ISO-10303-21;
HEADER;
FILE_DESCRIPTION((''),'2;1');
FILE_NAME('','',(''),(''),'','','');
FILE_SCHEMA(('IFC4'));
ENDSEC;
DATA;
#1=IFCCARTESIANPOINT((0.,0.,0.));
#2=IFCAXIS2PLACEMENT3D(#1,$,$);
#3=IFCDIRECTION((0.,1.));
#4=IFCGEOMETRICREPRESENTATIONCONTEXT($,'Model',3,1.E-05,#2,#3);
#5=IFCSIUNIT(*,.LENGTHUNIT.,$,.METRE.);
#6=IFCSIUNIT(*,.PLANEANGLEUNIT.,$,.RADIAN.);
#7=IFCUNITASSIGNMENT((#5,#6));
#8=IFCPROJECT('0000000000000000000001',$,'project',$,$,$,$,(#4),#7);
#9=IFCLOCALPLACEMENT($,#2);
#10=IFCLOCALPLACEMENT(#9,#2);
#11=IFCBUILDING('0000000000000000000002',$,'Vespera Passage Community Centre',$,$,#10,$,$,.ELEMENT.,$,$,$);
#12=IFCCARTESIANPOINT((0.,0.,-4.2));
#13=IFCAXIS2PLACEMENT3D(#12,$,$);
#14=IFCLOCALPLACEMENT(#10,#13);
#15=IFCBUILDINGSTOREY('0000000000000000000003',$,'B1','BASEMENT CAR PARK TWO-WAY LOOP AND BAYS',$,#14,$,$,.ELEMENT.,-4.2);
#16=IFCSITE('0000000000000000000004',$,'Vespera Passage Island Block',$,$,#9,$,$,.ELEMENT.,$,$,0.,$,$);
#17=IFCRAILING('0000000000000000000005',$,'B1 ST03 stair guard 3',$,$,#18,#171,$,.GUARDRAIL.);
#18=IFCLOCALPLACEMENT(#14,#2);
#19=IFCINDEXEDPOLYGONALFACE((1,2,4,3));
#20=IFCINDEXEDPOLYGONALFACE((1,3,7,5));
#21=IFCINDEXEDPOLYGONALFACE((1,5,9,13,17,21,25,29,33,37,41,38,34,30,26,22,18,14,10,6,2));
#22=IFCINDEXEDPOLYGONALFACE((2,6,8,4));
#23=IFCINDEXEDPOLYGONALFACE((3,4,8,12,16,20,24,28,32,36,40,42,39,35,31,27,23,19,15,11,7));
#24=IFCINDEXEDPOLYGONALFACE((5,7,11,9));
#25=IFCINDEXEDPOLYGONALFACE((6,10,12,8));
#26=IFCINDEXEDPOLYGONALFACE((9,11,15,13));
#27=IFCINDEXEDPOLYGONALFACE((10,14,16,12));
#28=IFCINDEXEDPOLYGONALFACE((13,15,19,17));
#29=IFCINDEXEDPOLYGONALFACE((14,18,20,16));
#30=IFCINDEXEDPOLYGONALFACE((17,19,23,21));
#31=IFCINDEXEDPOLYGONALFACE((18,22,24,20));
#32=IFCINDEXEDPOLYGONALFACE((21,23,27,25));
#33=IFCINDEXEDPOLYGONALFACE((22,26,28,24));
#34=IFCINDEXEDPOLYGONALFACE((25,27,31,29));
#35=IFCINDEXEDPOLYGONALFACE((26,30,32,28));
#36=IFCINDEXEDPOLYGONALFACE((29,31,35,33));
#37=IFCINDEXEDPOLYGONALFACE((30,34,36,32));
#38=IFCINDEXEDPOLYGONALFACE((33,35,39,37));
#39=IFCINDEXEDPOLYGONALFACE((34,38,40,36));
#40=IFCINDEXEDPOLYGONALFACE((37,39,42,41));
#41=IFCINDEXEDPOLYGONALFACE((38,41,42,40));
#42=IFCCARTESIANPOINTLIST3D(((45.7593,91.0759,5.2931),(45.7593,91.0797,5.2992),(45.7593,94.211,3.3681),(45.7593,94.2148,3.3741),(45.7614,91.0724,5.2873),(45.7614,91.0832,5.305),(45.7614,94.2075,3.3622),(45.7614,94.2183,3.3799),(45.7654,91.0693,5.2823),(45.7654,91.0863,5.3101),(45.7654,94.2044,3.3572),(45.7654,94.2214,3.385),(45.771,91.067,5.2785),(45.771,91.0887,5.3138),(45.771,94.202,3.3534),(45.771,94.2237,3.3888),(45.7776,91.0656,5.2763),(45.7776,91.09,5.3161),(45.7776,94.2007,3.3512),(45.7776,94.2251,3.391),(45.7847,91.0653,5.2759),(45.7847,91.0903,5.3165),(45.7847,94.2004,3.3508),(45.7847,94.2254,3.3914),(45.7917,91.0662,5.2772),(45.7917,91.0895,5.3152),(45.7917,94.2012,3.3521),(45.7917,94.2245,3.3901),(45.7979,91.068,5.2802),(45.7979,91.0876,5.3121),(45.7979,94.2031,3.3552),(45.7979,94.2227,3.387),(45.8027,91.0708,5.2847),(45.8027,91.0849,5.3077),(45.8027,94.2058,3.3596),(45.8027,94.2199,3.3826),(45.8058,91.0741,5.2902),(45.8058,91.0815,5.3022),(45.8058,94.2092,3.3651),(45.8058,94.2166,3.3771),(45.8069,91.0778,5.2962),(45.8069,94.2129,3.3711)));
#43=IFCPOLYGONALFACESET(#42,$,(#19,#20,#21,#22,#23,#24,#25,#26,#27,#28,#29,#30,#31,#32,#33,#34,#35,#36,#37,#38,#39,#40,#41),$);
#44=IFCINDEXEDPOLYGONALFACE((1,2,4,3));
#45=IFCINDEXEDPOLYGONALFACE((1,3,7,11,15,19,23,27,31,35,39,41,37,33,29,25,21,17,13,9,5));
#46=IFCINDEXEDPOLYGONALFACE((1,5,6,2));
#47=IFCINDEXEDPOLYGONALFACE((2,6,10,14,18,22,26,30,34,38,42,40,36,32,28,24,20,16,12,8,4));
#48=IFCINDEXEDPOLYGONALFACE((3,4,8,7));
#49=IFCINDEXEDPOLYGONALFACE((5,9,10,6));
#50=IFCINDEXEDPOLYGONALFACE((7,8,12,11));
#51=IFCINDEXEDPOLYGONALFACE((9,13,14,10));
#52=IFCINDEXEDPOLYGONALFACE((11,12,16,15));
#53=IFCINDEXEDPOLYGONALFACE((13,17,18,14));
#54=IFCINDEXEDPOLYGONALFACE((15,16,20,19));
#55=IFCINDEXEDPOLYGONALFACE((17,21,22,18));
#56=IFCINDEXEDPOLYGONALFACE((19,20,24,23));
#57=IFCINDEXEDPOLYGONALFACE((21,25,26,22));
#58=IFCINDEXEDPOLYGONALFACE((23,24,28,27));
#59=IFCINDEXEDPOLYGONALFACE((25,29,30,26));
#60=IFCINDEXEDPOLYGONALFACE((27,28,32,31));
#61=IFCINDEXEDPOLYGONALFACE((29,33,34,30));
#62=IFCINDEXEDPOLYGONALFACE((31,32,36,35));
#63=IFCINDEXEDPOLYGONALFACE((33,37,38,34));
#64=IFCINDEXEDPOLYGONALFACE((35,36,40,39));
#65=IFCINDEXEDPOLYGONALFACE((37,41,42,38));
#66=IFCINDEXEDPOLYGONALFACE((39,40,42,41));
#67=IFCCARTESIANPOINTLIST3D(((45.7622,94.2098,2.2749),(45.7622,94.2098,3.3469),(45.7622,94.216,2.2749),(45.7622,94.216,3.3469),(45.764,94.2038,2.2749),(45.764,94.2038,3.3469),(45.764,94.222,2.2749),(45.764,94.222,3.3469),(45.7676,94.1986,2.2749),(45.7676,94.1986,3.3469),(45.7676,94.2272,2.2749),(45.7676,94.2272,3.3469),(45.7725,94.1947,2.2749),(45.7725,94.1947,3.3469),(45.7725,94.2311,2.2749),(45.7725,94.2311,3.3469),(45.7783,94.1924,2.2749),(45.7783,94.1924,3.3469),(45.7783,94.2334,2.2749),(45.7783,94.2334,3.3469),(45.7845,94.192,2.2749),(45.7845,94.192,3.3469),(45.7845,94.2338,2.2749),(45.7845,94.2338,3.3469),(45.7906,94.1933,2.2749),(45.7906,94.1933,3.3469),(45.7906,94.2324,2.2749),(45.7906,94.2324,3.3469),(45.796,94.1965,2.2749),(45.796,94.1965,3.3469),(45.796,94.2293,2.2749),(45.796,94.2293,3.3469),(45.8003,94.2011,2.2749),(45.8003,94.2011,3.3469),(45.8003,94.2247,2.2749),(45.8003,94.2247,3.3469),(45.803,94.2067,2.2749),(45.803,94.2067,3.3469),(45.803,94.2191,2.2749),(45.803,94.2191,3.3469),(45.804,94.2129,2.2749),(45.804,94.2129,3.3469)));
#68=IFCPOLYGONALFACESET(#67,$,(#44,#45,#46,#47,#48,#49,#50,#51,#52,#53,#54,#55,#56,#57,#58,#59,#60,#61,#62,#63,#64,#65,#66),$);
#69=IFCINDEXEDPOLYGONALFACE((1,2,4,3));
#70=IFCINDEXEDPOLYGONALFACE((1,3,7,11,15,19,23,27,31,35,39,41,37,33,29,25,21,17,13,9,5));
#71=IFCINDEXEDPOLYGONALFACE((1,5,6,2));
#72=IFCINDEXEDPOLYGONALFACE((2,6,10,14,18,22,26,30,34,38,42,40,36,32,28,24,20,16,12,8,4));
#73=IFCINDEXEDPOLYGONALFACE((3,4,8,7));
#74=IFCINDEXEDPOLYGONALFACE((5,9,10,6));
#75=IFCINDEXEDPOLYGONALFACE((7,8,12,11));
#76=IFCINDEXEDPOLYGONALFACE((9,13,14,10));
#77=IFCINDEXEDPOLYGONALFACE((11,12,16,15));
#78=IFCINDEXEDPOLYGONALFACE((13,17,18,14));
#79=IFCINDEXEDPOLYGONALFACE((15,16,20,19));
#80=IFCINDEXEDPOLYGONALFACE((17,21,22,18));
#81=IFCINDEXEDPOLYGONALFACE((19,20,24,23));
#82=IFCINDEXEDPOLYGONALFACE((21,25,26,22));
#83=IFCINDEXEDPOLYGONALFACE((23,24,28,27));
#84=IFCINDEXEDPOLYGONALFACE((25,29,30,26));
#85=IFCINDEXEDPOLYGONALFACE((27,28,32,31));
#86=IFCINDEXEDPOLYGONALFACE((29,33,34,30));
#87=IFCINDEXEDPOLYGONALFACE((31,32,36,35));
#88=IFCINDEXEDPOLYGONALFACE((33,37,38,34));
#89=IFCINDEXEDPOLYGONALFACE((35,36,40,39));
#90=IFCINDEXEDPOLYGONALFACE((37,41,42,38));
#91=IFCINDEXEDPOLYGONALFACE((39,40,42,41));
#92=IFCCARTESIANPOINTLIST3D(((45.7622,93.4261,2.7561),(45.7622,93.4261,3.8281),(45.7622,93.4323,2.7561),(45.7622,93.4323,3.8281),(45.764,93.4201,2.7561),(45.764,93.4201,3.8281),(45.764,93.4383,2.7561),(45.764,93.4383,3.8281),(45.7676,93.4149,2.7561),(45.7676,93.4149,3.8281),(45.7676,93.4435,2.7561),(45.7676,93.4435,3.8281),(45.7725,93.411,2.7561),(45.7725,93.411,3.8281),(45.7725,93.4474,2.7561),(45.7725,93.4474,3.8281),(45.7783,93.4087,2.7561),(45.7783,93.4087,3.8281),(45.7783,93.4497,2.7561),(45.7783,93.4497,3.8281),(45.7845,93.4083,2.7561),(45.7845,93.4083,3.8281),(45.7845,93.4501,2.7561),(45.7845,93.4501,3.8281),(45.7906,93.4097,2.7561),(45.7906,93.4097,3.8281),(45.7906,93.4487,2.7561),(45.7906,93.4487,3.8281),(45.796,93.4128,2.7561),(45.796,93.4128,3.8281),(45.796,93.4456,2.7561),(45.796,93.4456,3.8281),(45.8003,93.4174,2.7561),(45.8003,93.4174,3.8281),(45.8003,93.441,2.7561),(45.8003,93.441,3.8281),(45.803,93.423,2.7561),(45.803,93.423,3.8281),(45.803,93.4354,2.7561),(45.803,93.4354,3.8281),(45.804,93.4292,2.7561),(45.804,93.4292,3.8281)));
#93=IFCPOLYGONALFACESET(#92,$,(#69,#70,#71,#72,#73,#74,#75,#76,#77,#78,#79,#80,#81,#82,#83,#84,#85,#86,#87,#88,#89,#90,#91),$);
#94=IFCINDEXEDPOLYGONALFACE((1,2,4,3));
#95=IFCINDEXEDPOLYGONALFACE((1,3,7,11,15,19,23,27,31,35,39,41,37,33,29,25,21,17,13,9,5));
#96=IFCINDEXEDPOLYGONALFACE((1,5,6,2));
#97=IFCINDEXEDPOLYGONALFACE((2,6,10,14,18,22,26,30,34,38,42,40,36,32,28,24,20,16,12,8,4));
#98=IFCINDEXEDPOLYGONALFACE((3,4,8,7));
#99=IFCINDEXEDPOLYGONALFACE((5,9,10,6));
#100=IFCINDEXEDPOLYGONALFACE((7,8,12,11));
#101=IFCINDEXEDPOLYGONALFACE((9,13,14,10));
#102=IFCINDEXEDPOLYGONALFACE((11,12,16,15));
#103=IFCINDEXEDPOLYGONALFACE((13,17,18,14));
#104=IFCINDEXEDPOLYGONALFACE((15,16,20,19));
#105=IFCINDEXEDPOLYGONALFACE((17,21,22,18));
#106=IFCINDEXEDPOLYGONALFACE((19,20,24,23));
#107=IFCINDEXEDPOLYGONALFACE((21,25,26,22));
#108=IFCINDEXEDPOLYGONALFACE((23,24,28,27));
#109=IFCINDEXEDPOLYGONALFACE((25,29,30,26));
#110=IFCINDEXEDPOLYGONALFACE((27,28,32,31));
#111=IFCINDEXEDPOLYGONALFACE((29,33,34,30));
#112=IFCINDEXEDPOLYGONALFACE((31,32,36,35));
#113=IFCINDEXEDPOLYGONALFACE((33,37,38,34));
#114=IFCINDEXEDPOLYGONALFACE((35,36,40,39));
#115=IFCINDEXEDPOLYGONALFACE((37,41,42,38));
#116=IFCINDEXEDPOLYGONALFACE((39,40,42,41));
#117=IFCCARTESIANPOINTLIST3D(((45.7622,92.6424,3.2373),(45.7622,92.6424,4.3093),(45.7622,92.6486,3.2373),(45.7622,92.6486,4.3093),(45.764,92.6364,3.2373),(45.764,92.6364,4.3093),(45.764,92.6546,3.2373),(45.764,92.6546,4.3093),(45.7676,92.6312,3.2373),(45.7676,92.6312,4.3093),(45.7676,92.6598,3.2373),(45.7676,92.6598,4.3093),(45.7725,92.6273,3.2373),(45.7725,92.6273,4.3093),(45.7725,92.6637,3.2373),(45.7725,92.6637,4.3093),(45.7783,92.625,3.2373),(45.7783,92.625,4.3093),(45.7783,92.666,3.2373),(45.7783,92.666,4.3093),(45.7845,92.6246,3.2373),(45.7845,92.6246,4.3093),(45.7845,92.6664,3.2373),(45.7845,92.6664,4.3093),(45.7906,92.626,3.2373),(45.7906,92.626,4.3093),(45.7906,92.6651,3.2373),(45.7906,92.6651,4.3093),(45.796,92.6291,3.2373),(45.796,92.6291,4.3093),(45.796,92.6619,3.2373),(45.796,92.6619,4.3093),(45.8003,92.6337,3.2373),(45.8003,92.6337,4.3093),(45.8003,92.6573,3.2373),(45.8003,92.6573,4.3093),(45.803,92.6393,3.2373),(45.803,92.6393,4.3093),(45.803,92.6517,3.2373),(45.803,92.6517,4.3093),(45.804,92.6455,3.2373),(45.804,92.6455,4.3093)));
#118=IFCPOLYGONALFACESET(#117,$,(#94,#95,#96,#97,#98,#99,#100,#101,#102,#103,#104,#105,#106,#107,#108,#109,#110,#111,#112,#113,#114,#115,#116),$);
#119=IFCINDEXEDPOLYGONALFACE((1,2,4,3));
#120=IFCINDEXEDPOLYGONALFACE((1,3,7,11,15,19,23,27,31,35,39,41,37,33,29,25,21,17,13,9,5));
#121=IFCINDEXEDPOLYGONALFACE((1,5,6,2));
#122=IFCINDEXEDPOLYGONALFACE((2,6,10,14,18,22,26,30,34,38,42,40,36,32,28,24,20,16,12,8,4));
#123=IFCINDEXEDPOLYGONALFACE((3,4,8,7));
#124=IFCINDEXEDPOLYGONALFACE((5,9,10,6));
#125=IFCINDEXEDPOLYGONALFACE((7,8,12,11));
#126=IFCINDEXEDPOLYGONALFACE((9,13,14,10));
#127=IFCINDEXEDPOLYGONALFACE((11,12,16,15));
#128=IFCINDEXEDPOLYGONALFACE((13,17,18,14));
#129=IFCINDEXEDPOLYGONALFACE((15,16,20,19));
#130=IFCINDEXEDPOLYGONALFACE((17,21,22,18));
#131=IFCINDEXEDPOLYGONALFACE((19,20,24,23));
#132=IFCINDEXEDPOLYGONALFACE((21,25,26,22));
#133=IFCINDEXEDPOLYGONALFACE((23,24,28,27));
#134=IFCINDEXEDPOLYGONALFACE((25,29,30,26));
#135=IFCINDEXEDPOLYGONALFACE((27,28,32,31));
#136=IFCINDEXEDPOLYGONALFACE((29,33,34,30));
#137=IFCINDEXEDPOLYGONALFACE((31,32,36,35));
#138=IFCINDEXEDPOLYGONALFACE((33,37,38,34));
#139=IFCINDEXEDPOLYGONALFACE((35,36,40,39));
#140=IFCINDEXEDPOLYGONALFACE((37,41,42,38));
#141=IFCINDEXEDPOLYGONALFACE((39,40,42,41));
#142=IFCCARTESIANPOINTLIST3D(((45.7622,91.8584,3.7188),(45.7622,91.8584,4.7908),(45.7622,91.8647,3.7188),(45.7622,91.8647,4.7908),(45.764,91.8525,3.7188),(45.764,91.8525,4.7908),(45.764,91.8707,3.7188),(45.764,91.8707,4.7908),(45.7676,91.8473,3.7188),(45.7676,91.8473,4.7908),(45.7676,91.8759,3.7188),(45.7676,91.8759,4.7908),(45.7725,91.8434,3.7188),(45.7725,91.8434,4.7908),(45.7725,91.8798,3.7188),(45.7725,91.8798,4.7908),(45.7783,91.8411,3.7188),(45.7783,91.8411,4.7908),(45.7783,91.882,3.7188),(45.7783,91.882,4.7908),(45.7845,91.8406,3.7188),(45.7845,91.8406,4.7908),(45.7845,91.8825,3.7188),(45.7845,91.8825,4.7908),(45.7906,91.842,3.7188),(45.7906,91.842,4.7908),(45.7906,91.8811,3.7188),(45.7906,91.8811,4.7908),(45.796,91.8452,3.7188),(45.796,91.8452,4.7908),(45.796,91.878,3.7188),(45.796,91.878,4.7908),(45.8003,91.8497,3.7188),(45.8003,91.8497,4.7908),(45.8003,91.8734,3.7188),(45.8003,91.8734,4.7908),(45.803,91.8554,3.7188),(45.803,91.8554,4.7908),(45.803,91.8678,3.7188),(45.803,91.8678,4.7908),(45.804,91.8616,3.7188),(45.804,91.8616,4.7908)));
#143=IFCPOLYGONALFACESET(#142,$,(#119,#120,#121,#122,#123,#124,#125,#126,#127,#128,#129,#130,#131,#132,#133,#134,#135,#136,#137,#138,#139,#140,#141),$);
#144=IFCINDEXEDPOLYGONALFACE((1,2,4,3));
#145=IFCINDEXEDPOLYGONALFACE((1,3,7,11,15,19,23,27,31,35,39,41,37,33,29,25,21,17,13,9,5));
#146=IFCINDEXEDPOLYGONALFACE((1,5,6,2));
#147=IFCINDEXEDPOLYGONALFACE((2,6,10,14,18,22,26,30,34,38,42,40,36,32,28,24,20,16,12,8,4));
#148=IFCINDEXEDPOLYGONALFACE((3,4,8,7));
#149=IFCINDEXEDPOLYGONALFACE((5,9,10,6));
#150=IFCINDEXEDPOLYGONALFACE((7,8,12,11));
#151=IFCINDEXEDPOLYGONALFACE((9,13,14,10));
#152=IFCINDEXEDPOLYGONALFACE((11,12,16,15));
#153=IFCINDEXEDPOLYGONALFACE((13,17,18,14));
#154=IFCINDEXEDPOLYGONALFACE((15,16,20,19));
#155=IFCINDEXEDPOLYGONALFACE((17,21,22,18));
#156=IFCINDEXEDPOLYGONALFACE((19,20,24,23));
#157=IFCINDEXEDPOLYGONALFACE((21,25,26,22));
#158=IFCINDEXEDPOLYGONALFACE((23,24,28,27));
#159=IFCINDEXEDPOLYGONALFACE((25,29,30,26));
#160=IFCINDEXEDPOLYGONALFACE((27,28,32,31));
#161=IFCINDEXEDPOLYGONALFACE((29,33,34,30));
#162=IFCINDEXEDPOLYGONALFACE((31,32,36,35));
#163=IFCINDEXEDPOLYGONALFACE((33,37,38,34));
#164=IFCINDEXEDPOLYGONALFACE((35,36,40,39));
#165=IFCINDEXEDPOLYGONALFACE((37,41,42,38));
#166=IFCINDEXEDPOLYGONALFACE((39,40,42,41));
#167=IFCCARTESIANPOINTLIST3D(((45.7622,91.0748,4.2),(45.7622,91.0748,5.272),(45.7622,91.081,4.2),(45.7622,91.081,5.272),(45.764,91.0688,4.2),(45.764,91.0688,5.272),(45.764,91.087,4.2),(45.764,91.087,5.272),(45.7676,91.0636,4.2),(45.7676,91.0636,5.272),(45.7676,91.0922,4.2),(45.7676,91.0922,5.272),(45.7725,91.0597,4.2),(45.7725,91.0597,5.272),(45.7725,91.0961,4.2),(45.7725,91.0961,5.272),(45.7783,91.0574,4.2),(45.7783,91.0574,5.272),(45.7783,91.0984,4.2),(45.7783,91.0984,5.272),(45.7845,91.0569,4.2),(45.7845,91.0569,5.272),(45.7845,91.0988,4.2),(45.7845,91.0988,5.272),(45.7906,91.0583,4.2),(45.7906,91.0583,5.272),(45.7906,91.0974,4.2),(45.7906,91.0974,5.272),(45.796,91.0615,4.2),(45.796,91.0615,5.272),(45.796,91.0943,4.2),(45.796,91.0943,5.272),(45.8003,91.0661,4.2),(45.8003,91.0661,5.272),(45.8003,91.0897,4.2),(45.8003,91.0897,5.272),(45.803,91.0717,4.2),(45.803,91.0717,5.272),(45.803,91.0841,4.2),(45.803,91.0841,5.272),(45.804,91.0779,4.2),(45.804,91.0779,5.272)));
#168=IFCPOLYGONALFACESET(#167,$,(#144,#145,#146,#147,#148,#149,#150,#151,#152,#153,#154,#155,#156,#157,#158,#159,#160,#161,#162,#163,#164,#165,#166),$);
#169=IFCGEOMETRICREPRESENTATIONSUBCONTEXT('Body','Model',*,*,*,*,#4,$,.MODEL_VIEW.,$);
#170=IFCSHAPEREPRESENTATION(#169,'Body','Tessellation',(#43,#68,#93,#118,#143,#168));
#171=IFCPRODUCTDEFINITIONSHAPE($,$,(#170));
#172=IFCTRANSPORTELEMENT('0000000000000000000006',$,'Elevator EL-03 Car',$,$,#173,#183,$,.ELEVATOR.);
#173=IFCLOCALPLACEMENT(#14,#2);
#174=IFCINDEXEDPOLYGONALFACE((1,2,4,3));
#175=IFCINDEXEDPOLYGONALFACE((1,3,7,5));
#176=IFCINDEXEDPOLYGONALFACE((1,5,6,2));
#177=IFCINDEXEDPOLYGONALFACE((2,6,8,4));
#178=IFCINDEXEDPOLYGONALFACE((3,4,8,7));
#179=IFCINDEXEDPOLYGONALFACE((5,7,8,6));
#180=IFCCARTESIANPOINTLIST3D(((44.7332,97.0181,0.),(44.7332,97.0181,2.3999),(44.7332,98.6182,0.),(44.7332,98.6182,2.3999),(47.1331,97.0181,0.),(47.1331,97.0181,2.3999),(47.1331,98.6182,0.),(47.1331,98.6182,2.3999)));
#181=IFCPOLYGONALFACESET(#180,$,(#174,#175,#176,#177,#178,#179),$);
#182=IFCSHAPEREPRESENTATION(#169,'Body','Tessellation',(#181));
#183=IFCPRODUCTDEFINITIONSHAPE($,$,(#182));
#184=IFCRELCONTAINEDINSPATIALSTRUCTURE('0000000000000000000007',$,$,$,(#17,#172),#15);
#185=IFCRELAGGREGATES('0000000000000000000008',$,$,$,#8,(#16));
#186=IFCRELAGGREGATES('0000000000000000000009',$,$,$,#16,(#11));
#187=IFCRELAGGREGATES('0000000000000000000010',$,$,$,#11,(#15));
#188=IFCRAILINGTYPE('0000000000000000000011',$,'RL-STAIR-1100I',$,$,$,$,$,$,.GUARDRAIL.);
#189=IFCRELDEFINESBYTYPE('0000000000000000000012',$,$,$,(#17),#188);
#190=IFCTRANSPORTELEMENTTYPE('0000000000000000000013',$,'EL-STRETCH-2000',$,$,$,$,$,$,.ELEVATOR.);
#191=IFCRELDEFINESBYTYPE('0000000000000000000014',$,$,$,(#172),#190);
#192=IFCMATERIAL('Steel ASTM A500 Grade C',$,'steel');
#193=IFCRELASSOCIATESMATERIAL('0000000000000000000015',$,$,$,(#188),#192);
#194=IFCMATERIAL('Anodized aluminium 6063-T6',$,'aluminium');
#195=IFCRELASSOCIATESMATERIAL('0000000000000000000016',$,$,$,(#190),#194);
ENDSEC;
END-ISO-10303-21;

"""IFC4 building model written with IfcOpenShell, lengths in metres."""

from ifc_helpers import new_model, si_unit, direction, frame, origin, origin_2d, place, context, subcontext, project, spatial, rectangle, circle, extrude, material, type_object, element, save


model = new_model("IFC4")

# Units and contexts
model_context = context("Model", 3, precision=1e-05, world=origin(), true_north=direction((0.0, 1.0)))
body_context = subcontext(model_context, "Body", "Model", "MODEL_VIEW")
ifc_project = project(units=[si_unit("LENGTHUNIT", "METRE"), si_unit("PLANEANGLEUNIT", "RADIAN")], contexts=[model_context])

# Site, building, storey
site_placement = place(None, origin())
site = spatial("IfcSite", under=ifc_project, at=site_placement, Name="Vespera Passage Island Block", CompositionType="ELEMENT", RefElevation=0.0)
building_placement = place(site_placement, origin())
building = spatial("IfcBuilding", under=site, at=building_placement, Name="Vespera Passage Community Centre", CompositionType="ELEMENT")
storey_placement = place(building_placement, frame((0.0, 0.0, -4.2)))
storey = spatial("IfcBuildingStorey", under=building, at=storey_placement, Name="B1", Description="BASEMENT CAR PARK TWO-WAY LOOP AND BAYS", CompositionType="ELEMENT", Elevation=-4.2)

# Railing
ifc_material_1 = material(Name="Steel ASTM A500 Grade C", Category="steel")
railing_type_1 = type_object("IfcRailingType", Name="RL-STAIR-1100I", PredefinedType="GUARDRAIL", material=ifc_material_1)
railing_1_placement = place(storey_placement, frame((45.783, 94.2129, 2.2749)))
element("IfcRailing", 1, at=railing_1_placement, inside=storey, type_object=railing_type_1, Name="B1 ST03 stair guard 3", PredefinedType="GUARDRAIL", context=body_context, shape_type="SweptSolid", body=[
    extrude(circle(Radius=0.0239, at=origin_2d()), frame((0.0, 0.0, 1.0962), z_axis=(0.0, -0.852166, 0.523271), x_axis=(1.0, 0.0, 0.0)), (0.0, 0.0, 1.0), 3.679),
    extrude(circle(Radius=0.021, at=origin_2d()), origin(), (0.0, 0.0, 1.0), 1.072),
    extrude(circle(Radius=0.021, at=origin_2d()), frame((0.0, -0.7837, 0.4812)), (0.0, 0.0, 1.0), 1.072),
    extrude(circle(Radius=0.021, at=origin_2d()), frame((0.0, -1.5674, 0.9624)), (0.0, 0.0, 1.0), 1.072),
    extrude(circle(Radius=0.021, at=origin_2d()), frame((0.0, -2.3513, 1.4438)), (0.0, 0.0, 1.0), 1.072),
    extrude(circle(Radius=0.021, at=origin_2d()), frame((0.0, -3.135, 1.925)), (0.0, 0.0, 1.0), 1.072),
])

# Transport element
ifc_material_2 = material(Name="Anodized aluminium 6063-T6", Category="aluminium")
transport_element_type = type_object("IfcTransportElementType", Name="EL-STRETCH-2000", PredefinedType="ELEVATOR", material=ifc_material_2)
transport_element_placement = place(storey_placement, frame((45.9331, 97.8181, 0.0), z_axis=(0.0, 0.0, 1.0), x_axis=(0.0, 1.0, 0.0)))
element("IfcTransportElement", 2, at=transport_element_placement, inside=storey, type_object=transport_element_type, Name="Elevator EL-03 Car", PredefinedType="ELEVATOR", context=body_context, shape_type="SweptSolid", body=[
    extrude(rectangle(XDim=1.6001, YDim=2.3999, at=origin_2d()), origin(), (0.0, 0.0, 1.0), 2.3999),
])

save(model, "model.ifc")
